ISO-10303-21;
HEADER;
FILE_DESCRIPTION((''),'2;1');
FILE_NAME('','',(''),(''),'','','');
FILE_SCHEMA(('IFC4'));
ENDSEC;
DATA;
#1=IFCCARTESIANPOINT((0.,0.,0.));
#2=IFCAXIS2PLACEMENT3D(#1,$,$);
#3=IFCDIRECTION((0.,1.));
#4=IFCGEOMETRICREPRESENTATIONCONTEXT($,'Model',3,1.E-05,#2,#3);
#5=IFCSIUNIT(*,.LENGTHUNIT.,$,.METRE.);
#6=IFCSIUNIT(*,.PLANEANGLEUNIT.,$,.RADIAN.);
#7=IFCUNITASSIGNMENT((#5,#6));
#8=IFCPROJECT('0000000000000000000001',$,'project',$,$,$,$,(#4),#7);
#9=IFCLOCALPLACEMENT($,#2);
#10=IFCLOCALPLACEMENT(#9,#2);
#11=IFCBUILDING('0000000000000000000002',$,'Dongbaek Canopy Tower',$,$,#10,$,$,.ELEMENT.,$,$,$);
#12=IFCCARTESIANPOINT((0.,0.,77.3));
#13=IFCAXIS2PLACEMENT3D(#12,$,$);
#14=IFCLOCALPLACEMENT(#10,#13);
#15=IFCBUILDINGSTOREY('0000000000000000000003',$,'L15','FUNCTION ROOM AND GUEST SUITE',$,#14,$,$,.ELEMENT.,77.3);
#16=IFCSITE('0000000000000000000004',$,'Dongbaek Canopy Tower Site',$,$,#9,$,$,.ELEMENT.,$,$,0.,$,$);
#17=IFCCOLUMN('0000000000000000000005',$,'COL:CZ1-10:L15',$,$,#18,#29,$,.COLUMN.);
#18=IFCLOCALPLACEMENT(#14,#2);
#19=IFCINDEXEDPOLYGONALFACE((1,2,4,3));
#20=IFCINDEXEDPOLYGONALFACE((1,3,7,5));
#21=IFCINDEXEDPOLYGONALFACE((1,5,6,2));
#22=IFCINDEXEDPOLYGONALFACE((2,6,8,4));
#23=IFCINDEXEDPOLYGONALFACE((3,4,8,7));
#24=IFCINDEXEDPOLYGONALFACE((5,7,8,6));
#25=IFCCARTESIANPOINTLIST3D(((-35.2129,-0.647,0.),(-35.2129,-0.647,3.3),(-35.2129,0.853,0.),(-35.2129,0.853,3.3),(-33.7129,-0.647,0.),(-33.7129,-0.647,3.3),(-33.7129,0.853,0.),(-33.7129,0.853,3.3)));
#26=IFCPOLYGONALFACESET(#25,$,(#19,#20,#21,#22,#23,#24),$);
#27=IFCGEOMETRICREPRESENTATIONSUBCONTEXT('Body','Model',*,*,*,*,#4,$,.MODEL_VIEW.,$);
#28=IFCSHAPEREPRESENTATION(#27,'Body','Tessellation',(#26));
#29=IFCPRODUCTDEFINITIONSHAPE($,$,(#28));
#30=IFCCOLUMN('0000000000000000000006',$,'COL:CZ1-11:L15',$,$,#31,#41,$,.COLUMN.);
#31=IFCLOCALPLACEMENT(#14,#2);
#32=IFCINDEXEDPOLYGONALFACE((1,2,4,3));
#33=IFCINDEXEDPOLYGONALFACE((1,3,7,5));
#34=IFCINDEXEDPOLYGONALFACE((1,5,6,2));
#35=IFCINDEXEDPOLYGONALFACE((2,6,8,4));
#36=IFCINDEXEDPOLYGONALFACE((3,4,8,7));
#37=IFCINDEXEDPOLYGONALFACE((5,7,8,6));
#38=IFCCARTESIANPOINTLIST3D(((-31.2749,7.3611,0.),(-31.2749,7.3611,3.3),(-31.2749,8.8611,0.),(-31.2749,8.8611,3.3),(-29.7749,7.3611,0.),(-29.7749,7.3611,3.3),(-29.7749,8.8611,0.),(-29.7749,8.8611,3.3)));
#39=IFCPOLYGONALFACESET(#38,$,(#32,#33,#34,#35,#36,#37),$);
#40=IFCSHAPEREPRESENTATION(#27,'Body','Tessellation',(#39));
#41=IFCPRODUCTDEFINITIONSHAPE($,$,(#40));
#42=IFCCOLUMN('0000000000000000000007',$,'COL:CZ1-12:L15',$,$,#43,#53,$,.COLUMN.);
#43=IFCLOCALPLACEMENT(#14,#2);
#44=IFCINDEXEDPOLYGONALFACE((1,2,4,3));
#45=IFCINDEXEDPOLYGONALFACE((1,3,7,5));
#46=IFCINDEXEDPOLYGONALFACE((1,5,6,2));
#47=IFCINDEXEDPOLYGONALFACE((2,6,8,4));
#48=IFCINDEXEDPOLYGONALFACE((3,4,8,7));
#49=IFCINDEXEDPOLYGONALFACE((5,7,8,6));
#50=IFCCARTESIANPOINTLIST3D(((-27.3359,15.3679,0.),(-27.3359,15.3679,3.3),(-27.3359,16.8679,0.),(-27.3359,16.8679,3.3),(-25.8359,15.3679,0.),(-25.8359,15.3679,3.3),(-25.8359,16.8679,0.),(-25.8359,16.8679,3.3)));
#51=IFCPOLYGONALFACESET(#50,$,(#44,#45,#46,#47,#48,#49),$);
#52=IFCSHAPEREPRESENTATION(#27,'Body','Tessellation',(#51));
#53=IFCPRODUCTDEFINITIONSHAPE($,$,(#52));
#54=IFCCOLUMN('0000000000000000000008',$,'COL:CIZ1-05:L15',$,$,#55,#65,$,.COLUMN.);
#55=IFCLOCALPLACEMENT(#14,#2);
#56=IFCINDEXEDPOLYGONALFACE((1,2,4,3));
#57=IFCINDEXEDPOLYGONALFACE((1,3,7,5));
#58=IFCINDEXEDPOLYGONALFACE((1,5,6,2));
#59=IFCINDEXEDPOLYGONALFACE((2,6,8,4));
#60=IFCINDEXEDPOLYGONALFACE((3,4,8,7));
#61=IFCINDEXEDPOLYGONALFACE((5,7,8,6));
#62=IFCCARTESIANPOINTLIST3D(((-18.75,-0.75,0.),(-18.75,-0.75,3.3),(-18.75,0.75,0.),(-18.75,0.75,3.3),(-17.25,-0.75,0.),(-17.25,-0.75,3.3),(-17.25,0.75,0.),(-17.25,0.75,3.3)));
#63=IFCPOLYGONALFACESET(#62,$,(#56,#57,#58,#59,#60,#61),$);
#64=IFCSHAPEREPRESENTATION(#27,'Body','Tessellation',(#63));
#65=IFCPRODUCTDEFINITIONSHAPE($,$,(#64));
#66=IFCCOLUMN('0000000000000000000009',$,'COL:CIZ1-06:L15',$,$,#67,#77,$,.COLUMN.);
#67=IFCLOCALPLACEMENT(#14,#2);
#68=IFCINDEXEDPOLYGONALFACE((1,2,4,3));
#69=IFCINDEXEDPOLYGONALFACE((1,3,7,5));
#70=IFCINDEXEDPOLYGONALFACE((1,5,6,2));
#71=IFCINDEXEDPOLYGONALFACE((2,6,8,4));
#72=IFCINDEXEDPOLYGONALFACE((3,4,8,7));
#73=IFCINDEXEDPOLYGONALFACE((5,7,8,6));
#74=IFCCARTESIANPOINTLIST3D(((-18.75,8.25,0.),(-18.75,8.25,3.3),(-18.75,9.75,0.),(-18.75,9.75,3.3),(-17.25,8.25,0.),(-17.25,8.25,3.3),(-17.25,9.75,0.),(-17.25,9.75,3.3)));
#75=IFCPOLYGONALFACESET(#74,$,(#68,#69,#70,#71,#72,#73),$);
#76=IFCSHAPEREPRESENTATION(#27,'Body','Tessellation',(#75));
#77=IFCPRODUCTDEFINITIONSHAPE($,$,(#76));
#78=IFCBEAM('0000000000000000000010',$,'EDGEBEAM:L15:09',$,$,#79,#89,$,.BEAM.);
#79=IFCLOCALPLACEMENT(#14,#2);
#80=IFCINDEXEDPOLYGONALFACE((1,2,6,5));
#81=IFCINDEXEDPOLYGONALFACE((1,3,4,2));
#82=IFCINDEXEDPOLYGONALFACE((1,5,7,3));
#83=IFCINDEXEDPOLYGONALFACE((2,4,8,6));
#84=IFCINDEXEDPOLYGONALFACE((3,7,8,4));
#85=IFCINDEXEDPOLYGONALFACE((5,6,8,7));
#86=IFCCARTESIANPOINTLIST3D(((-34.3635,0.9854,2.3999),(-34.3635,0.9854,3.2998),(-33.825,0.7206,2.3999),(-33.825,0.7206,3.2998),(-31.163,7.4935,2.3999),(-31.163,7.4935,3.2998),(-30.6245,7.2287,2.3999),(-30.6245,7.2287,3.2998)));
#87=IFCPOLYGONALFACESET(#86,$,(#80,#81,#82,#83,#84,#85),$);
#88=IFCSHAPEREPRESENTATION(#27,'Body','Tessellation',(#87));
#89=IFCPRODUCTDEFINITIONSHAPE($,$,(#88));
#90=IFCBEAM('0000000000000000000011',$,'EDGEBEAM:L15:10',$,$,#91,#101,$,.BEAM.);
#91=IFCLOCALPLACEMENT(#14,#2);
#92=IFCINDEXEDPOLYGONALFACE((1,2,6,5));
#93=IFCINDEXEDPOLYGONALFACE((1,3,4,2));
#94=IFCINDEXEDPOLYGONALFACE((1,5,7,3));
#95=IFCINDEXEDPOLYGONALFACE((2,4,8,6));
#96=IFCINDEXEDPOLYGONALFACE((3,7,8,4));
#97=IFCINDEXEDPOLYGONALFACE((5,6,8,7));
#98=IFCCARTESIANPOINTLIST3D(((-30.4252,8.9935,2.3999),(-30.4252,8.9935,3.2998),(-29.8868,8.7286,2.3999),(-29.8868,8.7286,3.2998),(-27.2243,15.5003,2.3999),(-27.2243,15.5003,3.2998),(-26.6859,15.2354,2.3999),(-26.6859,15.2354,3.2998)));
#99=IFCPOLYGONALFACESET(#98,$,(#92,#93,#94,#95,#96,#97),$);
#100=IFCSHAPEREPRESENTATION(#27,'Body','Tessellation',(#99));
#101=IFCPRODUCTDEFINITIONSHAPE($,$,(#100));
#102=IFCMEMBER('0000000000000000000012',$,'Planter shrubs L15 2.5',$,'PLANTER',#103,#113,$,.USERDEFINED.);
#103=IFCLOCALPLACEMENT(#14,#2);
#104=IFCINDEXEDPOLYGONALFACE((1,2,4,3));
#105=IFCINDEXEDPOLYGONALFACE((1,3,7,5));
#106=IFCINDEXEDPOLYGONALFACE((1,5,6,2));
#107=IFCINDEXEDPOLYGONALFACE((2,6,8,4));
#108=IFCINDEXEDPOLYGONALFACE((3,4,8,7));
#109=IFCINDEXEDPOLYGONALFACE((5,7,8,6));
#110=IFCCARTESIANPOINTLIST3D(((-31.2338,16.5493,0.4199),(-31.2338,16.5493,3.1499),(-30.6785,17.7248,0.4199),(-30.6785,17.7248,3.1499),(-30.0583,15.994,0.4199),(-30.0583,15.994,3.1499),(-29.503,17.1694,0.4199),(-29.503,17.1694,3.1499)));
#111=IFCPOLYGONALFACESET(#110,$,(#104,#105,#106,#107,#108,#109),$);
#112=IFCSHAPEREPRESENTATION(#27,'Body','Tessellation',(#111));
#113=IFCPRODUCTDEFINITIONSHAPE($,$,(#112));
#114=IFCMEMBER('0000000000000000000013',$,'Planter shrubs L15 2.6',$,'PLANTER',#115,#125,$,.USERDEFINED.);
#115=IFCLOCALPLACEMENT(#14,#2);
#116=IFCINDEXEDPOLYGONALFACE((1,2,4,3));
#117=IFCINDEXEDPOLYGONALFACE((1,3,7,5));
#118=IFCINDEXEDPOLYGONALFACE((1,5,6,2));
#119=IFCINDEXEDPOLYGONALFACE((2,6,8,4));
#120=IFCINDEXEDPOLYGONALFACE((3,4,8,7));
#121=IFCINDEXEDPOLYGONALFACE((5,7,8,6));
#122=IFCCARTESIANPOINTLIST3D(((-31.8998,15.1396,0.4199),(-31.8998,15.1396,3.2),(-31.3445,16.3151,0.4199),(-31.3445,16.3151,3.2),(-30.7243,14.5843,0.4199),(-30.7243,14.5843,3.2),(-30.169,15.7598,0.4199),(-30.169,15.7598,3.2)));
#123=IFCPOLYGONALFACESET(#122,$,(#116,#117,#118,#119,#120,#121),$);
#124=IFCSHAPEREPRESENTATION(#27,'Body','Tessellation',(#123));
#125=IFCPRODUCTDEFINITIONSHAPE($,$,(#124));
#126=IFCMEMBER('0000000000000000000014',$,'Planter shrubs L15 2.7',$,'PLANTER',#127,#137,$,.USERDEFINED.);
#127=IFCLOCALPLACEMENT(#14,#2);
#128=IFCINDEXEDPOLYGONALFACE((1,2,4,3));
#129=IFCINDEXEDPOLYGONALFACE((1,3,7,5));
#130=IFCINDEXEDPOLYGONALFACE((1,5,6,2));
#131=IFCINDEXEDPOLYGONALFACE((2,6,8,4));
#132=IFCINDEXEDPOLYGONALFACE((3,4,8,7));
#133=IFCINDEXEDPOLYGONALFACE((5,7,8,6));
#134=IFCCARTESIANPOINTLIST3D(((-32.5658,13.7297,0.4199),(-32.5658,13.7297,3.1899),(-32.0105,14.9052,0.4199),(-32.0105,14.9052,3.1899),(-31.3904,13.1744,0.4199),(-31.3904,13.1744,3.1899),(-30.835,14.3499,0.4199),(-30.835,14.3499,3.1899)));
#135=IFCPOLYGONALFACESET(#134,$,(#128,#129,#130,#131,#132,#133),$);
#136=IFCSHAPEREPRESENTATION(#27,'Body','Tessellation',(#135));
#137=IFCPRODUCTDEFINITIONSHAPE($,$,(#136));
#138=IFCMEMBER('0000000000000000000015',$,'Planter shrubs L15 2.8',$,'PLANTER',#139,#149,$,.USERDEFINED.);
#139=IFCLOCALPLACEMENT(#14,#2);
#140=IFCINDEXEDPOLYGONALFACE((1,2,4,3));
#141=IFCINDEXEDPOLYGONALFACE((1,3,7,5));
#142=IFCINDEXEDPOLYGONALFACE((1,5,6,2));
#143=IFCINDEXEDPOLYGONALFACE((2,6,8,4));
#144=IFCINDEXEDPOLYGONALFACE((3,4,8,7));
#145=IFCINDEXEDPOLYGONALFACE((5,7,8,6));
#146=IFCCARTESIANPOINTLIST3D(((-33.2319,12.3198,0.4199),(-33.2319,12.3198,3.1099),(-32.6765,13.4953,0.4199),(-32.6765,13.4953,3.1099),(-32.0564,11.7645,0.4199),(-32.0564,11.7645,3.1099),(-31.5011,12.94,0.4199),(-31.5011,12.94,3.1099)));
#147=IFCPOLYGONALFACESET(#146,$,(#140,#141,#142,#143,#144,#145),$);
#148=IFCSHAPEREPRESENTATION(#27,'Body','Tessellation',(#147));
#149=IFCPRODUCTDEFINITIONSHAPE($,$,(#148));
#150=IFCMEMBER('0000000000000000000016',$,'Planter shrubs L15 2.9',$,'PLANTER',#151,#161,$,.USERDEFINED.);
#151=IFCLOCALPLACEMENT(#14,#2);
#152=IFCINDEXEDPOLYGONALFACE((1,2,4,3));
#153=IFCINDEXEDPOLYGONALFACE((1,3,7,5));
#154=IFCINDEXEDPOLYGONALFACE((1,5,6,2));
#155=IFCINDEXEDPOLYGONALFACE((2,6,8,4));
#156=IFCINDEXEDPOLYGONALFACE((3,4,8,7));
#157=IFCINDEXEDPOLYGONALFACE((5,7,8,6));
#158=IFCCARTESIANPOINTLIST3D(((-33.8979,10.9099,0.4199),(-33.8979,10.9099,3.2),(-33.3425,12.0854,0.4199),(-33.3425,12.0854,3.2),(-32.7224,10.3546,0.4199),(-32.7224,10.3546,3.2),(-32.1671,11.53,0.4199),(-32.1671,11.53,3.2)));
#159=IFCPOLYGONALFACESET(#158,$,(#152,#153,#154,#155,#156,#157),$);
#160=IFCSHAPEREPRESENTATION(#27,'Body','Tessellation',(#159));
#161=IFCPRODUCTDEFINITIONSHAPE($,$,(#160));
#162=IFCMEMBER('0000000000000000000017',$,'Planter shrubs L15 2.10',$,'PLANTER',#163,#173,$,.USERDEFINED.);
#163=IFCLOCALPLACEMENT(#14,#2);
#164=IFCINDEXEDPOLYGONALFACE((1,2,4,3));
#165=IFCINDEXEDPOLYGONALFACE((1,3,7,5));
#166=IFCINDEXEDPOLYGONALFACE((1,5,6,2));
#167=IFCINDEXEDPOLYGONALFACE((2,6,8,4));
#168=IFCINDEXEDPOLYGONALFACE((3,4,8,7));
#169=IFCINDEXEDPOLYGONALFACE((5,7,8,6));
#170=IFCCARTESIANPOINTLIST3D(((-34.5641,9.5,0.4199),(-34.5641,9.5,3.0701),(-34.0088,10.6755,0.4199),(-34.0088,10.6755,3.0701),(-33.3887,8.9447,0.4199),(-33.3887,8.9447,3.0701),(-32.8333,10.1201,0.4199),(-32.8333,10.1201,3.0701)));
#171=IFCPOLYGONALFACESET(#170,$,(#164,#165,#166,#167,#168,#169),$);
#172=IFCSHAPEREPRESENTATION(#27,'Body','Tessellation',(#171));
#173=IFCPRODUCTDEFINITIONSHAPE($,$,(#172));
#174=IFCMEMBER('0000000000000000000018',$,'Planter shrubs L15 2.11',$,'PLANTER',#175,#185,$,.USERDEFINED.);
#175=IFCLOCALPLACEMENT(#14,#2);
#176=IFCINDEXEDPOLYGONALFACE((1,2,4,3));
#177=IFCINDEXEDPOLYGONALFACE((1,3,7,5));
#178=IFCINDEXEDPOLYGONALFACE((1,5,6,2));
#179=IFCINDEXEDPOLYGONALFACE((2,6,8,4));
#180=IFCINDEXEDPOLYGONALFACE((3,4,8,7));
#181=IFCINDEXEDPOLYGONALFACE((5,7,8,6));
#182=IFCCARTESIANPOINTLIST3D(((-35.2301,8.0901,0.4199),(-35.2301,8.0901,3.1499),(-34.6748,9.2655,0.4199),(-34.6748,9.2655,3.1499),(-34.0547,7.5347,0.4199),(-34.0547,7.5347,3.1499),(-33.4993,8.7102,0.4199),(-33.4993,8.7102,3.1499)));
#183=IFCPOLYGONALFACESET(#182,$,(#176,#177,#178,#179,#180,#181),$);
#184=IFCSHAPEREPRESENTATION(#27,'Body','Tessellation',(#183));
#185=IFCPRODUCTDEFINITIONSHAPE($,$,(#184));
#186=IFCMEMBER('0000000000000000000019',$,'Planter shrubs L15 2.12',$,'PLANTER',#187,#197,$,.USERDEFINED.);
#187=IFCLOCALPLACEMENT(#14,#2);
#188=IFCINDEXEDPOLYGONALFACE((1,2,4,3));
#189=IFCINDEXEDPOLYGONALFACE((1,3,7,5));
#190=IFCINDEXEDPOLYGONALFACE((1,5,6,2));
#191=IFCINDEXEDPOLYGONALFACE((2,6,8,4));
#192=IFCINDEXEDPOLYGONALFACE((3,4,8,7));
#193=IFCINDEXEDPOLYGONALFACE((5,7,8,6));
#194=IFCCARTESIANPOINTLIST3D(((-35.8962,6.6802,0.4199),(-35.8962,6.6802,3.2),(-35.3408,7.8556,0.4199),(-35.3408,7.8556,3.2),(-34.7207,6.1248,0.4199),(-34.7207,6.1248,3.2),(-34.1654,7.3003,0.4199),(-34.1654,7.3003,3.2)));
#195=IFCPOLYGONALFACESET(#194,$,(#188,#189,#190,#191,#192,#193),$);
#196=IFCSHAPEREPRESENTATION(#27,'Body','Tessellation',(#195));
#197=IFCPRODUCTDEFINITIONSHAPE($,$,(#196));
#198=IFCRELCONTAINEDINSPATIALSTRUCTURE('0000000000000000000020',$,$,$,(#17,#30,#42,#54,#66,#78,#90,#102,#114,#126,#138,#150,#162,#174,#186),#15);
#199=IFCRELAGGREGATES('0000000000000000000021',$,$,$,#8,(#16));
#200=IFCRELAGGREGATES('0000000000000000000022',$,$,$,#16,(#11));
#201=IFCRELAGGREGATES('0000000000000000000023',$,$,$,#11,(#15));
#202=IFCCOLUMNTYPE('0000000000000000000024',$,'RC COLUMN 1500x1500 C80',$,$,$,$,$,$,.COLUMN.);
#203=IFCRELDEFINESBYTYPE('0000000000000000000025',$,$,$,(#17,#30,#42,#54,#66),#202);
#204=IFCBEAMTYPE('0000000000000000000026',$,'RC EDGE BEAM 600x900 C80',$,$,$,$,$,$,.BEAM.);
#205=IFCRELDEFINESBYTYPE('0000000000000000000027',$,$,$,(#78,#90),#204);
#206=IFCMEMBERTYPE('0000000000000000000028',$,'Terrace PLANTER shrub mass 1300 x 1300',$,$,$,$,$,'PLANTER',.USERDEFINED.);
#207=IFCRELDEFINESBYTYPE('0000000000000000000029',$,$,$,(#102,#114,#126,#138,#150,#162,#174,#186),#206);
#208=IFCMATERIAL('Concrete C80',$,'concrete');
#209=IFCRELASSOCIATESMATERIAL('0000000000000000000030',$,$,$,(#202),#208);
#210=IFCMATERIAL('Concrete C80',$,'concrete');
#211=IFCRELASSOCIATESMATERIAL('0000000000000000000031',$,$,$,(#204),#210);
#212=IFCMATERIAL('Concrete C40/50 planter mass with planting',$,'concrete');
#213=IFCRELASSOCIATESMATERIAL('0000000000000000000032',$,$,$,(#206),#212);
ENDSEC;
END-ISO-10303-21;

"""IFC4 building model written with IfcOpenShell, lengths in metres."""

from ifc_helpers import new_model, si_unit, direction, frame, origin, origin_2d, place, context, subcontext, project, spatial, rectangle, extrude, material, material_profile, profile_set, type_object, element, save


model = new_model("IFC4")

# Units and contexts
model_context = context("Model", 3, precision=1e-05, world=origin(), true_north=direction((0.0, 1.0)))
body_context = subcontext(model_context, "Body", "Model", "MODEL_VIEW")
ifc_project = project(units=[si_unit("LENGTHUNIT", "METRE"), si_unit("PLANEANGLEUNIT", "RADIAN")], contexts=[model_context])

# Site, building, storey
site_placement = place(None, origin())
site = spatial("IfcSite", under=ifc_project, at=site_placement, Name="Dongbaek Canopy Tower Site", CompositionType="ELEMENT", RefElevation=0.0)
building_placement = place(site_placement, origin())
building = spatial("IfcBuilding", under=site, at=building_placement, Name="Dongbaek Canopy Tower", CompositionType="ELEMENT")
storey_placement = place(building_placement, frame((0.0, 0.0, 77.3)))
storey = spatial("IfcBuildingStorey", under=building, at=storey_placement, Name="L15", Description="FUNCTION ROOM AND GUEST SUITE", CompositionType="ELEMENT", Elevation=77.3)

# Columns
ifc_material_1 = material(Name="Concrete C80", Category="concrete")
ifc_material_profile_1 = material_profile(ifc_material_1, rectangle(XDim=1.5, YDim=1.5, at=origin_2d()), Name="RC COLUMN 1500x1500 C80")
ifc_profile_set_1 = profile_set([ifc_material_profile_1], Name="Concrete C80")
column_type = type_object("IfcColumnType", Name="RC COLUMN 1500x1500 C80", PredefinedType="COLUMN", material=ifc_profile_set_1)
for number, where, z_axis, x_axis, name in (
    (1, (-34.4629, 0.103, 0.0), (0.0, 0.0, 1.0), (1.0, 0.0, 0.0), "COL:CZ1-10:L15"),
    (2, (-30.5249, 8.1111, 0.0), (0.0, 0.0, 1.0), (1.0, 0.0, 0.0), "COL:CZ1-11:L15"),
    (3, (-26.5859, 16.1179, 0.0), (0.0, 0.0, 1.0), (1.0, 0.0, 0.0), "COL:CZ1-12:L15"),
    (4, (-18.0, 0.0, 0.0), (0.0, 0.0, 1.0), (1.0, 0.0, 0.0), "COL:CIZ1-05:L15"),
    (5, (-18.0, 9.0, 0.0), (0.0, 0.0, 1.0), (1.0, 0.0, 0.0), "COL:CIZ1-06:L15"),
):
    element("IfcColumn", number, at=place(storey_placement, frame(where, z_axis=z_axis, x_axis=x_axis)), inside=storey, type_object=column_type, Name=name, PredefinedType="COLUMN", context=body_context, shape_type="SweptSolid", body=[
        extrude(rectangle(XDim=1.5, YDim=1.5, at=origin_2d()), origin(), (0.0, 0.0, 1.0), 3.3),
    ])

# Beams
ifc_material_2 = material(Name="Concrete C80", Category="concrete")
ifc_material_profile_2 = material_profile(ifc_material_2, rectangle(XDim=0.6001, YDim=0.8999, at=origin_2d()), Name="RC EDGE BEAM 600x900 C80")
ifc_profile_set_2 = profile_set([ifc_material_profile_2], Name="Concrete C80")
beam_type = type_object("IfcBeamType", Name="RC EDGE BEAM 600x900 C80", PredefinedType="BEAM", material=ifc_profile_set_2)
beam_1_placement = place(storey_placement, frame((-34.0942, 0.853, 2.8499), z_axis=(0.441293, 0.897363, 0.0), x_axis=(-0.897363, 0.441293, 0.0)))
element("IfcBeam", 6, at=beam_1_placement, inside=storey, type_object=beam_type, Name="EDGEBEAM:L15:09", PredefinedType="BEAM", context=body_context, shape_type="SweptSolid", body=[
    extrude(rectangle(XDim=0.6001, YDim=0.8999, at=origin_2d()), origin(), (0.0, 0.0, 1.0), 7.2524),
])
beam_2_placement = place(storey_placement, frame((-30.156, 8.8611, 2.8499), z_axis=(0.441413, 0.897304, 0.0), x_axis=(-0.897304, 0.441413, 0.0)))
element("IfcBeam", 7, at=beam_2_placement, inside=storey, type_object=beam_type, Name="EDGEBEAM:L15:10", PredefinedType="BEAM", context=body_context, shape_type="SweptSolid", body=[
    extrude(rectangle(XDim=0.6001, YDim=0.8999, at=origin_2d()), origin(), (0.0, 0.0, 1.0), 7.2515),
])

# Members
ifc_material_3 = material(Name="Concrete C40/50 planter mass with planting", Category="concrete")
ifc_material_profile_3 = material_profile(ifc_material_3, rectangle(XDim=1.3, YDim=1.3, at=origin_2d()), Name="Terrace PLANTER shrub mass 1300 x 1300")
ifc_profile_set_3 = profile_set([ifc_material_profile_3], Name="Concrete C40/50 planter mass with planting")
member_type = type_object("IfcMemberType", Name="Terrace PLANTER shrub mass 1300 x 1300", ElementType="PLANTER", PredefinedType="USERDEFINED", material=ifc_profile_set_3)
member_1_placement = place(storey_placement, frame((-30.3684, 16.8594, 0.4199), z_axis=(0.0, 0.0, 1.0), x_axis=(-0.904177, 0.427157, 0.0)))
element("IfcMember", 8, at=member_1_placement, inside=storey, type_object=member_type, Name="Planter shrubs L15 2.5", ObjectType="PLANTER", PredefinedType="USERDEFINED", context=body_context, shape_type="SweptSolid", body=[
    extrude(rectangle(XDim=1.3, YDim=1.3, at=origin_2d()), origin(), (0.0, 0.0, 1.0), 2.73),
])
member_2_placement = place(storey_placement, frame((-31.0344, 15.4497, 0.4199), z_axis=(0.0, 0.0, 1.0), x_axis=(-0.904177, 0.427157, 0.0)))
element("IfcMember", 9, at=member_2_placement, inside=storey, type_object=member_type, Name="Planter shrubs L15 2.6", ObjectType="PLANTER", PredefinedType="USERDEFINED", context=body_context, shape_type="SweptSolid", body=[
    extrude(rectangle(XDim=1.3, YDim=1.3, at=origin_2d()), origin(), (0.0, 0.0, 1.0), 2.78),
])
member_3_placement = place(storey_placement, frame((-31.7004, 14.0398, 0.4199), z_axis=(0.0, 0.0, 1.0), x_axis=(-0.904177, 0.427157, 0.0)))
element("IfcMember", 10, at=member_3_placement, inside=storey, type_object=member_type, Name="Planter shrubs L15 2.7", ObjectType="PLANTER", PredefinedType="USERDEFINED", context=body_context, shape_type="SweptSolid", body=[
    extrude(rectangle(XDim=1.3, YDim=1.3, at=origin_2d()), origin(), (0.0, 0.0, 1.0), 2.77),
])
member_4_placement = place(storey_placement, frame((-32.3665, 12.6299, 0.4199), z_axis=(0.0, 0.0, 1.0), x_axis=(-0.904177, 0.427157, 0.0)))
element("IfcMember", 11, at=member_4_placement, inside=storey, type_object=member_type, Name="Planter shrubs L15 2.8", ObjectType="PLANTER", PredefinedType="USERDEFINED", context=body_context, shape_type="SweptSolid", body=[
    extrude(rectangle(XDim=1.3, YDim=1.3, at=origin_2d()), origin(), (0.0, 0.0, 1.0), 2.6899),
])
member_5_placement = place(storey_placement, frame((-33.0325, 11.22, 0.4199), z_axis=(0.0, 0.0, 1.0), x_axis=(-0.904177, 0.427157, 0.0)))
element("IfcMember", 12, at=member_5_placement, inside=storey, type_object=member_type, Name="Planter shrubs L15 2.9", ObjectType="PLANTER", PredefinedType="USERDEFINED", context=body_context, shape_type="SweptSolid", body=[
    extrude(rectangle(XDim=1.3, YDim=1.3, at=origin_2d()), origin(), (0.0, 0.0, 1.0), 2.78),
])
member_6_placement = place(storey_placement, frame((-33.6987, 9.8101, 0.4199), z_axis=(0.0, 0.0, 1.0), x_axis=(-0.904177, 0.427157, 0.0)))
element("IfcMember", 13, at=member_6_placement, inside=storey, type_object=member_type, Name="Planter shrubs L15 2.10", ObjectType="PLANTER", PredefinedType="USERDEFINED", context=body_context, shape_type="SweptSolid", body=[
    extrude(rectangle(XDim=1.3, YDim=1.3, at=origin_2d()), origin(), (0.0, 0.0, 1.0), 2.6501),
])
member_7_placement = place(storey_placement, frame((-34.3647, 8.4001, 0.4199), z_axis=(0.0, 0.0, 1.0), x_axis=(-0.904177, 0.427157, 0.0)))
element("IfcMember", 14, at=member_7_placement, inside=storey, type_object=member_type, Name="Planter shrubs L15 2.11", ObjectType="PLANTER", PredefinedType="USERDEFINED", context=body_context, shape_type="SweptSolid", body=[
    extrude(rectangle(XDim=1.3, YDim=1.3, at=origin_2d()), origin(), (0.0, 0.0, 1.0), 2.73),
])
member_8_placement = place(storey_placement, frame((-35.0308, 6.9902, 0.4199), z_axis=(0.0, 0.0, 1.0), x_axis=(-0.904177, 0.427157, 0.0)))
element("IfcMember", 15, at=member_8_placement, inside=storey, type_object=member_type, Name="Planter shrubs L15 2.12", ObjectType="PLANTER", PredefinedType="USERDEFINED", context=body_context, shape_type="SweptSolid", body=[
    extrude(rectangle(XDim=1.3, YDim=1.3, at=origin_2d()), origin(), (0.0, 0.0, 1.0), 2.78),
])

save(model, "model.ifc")
